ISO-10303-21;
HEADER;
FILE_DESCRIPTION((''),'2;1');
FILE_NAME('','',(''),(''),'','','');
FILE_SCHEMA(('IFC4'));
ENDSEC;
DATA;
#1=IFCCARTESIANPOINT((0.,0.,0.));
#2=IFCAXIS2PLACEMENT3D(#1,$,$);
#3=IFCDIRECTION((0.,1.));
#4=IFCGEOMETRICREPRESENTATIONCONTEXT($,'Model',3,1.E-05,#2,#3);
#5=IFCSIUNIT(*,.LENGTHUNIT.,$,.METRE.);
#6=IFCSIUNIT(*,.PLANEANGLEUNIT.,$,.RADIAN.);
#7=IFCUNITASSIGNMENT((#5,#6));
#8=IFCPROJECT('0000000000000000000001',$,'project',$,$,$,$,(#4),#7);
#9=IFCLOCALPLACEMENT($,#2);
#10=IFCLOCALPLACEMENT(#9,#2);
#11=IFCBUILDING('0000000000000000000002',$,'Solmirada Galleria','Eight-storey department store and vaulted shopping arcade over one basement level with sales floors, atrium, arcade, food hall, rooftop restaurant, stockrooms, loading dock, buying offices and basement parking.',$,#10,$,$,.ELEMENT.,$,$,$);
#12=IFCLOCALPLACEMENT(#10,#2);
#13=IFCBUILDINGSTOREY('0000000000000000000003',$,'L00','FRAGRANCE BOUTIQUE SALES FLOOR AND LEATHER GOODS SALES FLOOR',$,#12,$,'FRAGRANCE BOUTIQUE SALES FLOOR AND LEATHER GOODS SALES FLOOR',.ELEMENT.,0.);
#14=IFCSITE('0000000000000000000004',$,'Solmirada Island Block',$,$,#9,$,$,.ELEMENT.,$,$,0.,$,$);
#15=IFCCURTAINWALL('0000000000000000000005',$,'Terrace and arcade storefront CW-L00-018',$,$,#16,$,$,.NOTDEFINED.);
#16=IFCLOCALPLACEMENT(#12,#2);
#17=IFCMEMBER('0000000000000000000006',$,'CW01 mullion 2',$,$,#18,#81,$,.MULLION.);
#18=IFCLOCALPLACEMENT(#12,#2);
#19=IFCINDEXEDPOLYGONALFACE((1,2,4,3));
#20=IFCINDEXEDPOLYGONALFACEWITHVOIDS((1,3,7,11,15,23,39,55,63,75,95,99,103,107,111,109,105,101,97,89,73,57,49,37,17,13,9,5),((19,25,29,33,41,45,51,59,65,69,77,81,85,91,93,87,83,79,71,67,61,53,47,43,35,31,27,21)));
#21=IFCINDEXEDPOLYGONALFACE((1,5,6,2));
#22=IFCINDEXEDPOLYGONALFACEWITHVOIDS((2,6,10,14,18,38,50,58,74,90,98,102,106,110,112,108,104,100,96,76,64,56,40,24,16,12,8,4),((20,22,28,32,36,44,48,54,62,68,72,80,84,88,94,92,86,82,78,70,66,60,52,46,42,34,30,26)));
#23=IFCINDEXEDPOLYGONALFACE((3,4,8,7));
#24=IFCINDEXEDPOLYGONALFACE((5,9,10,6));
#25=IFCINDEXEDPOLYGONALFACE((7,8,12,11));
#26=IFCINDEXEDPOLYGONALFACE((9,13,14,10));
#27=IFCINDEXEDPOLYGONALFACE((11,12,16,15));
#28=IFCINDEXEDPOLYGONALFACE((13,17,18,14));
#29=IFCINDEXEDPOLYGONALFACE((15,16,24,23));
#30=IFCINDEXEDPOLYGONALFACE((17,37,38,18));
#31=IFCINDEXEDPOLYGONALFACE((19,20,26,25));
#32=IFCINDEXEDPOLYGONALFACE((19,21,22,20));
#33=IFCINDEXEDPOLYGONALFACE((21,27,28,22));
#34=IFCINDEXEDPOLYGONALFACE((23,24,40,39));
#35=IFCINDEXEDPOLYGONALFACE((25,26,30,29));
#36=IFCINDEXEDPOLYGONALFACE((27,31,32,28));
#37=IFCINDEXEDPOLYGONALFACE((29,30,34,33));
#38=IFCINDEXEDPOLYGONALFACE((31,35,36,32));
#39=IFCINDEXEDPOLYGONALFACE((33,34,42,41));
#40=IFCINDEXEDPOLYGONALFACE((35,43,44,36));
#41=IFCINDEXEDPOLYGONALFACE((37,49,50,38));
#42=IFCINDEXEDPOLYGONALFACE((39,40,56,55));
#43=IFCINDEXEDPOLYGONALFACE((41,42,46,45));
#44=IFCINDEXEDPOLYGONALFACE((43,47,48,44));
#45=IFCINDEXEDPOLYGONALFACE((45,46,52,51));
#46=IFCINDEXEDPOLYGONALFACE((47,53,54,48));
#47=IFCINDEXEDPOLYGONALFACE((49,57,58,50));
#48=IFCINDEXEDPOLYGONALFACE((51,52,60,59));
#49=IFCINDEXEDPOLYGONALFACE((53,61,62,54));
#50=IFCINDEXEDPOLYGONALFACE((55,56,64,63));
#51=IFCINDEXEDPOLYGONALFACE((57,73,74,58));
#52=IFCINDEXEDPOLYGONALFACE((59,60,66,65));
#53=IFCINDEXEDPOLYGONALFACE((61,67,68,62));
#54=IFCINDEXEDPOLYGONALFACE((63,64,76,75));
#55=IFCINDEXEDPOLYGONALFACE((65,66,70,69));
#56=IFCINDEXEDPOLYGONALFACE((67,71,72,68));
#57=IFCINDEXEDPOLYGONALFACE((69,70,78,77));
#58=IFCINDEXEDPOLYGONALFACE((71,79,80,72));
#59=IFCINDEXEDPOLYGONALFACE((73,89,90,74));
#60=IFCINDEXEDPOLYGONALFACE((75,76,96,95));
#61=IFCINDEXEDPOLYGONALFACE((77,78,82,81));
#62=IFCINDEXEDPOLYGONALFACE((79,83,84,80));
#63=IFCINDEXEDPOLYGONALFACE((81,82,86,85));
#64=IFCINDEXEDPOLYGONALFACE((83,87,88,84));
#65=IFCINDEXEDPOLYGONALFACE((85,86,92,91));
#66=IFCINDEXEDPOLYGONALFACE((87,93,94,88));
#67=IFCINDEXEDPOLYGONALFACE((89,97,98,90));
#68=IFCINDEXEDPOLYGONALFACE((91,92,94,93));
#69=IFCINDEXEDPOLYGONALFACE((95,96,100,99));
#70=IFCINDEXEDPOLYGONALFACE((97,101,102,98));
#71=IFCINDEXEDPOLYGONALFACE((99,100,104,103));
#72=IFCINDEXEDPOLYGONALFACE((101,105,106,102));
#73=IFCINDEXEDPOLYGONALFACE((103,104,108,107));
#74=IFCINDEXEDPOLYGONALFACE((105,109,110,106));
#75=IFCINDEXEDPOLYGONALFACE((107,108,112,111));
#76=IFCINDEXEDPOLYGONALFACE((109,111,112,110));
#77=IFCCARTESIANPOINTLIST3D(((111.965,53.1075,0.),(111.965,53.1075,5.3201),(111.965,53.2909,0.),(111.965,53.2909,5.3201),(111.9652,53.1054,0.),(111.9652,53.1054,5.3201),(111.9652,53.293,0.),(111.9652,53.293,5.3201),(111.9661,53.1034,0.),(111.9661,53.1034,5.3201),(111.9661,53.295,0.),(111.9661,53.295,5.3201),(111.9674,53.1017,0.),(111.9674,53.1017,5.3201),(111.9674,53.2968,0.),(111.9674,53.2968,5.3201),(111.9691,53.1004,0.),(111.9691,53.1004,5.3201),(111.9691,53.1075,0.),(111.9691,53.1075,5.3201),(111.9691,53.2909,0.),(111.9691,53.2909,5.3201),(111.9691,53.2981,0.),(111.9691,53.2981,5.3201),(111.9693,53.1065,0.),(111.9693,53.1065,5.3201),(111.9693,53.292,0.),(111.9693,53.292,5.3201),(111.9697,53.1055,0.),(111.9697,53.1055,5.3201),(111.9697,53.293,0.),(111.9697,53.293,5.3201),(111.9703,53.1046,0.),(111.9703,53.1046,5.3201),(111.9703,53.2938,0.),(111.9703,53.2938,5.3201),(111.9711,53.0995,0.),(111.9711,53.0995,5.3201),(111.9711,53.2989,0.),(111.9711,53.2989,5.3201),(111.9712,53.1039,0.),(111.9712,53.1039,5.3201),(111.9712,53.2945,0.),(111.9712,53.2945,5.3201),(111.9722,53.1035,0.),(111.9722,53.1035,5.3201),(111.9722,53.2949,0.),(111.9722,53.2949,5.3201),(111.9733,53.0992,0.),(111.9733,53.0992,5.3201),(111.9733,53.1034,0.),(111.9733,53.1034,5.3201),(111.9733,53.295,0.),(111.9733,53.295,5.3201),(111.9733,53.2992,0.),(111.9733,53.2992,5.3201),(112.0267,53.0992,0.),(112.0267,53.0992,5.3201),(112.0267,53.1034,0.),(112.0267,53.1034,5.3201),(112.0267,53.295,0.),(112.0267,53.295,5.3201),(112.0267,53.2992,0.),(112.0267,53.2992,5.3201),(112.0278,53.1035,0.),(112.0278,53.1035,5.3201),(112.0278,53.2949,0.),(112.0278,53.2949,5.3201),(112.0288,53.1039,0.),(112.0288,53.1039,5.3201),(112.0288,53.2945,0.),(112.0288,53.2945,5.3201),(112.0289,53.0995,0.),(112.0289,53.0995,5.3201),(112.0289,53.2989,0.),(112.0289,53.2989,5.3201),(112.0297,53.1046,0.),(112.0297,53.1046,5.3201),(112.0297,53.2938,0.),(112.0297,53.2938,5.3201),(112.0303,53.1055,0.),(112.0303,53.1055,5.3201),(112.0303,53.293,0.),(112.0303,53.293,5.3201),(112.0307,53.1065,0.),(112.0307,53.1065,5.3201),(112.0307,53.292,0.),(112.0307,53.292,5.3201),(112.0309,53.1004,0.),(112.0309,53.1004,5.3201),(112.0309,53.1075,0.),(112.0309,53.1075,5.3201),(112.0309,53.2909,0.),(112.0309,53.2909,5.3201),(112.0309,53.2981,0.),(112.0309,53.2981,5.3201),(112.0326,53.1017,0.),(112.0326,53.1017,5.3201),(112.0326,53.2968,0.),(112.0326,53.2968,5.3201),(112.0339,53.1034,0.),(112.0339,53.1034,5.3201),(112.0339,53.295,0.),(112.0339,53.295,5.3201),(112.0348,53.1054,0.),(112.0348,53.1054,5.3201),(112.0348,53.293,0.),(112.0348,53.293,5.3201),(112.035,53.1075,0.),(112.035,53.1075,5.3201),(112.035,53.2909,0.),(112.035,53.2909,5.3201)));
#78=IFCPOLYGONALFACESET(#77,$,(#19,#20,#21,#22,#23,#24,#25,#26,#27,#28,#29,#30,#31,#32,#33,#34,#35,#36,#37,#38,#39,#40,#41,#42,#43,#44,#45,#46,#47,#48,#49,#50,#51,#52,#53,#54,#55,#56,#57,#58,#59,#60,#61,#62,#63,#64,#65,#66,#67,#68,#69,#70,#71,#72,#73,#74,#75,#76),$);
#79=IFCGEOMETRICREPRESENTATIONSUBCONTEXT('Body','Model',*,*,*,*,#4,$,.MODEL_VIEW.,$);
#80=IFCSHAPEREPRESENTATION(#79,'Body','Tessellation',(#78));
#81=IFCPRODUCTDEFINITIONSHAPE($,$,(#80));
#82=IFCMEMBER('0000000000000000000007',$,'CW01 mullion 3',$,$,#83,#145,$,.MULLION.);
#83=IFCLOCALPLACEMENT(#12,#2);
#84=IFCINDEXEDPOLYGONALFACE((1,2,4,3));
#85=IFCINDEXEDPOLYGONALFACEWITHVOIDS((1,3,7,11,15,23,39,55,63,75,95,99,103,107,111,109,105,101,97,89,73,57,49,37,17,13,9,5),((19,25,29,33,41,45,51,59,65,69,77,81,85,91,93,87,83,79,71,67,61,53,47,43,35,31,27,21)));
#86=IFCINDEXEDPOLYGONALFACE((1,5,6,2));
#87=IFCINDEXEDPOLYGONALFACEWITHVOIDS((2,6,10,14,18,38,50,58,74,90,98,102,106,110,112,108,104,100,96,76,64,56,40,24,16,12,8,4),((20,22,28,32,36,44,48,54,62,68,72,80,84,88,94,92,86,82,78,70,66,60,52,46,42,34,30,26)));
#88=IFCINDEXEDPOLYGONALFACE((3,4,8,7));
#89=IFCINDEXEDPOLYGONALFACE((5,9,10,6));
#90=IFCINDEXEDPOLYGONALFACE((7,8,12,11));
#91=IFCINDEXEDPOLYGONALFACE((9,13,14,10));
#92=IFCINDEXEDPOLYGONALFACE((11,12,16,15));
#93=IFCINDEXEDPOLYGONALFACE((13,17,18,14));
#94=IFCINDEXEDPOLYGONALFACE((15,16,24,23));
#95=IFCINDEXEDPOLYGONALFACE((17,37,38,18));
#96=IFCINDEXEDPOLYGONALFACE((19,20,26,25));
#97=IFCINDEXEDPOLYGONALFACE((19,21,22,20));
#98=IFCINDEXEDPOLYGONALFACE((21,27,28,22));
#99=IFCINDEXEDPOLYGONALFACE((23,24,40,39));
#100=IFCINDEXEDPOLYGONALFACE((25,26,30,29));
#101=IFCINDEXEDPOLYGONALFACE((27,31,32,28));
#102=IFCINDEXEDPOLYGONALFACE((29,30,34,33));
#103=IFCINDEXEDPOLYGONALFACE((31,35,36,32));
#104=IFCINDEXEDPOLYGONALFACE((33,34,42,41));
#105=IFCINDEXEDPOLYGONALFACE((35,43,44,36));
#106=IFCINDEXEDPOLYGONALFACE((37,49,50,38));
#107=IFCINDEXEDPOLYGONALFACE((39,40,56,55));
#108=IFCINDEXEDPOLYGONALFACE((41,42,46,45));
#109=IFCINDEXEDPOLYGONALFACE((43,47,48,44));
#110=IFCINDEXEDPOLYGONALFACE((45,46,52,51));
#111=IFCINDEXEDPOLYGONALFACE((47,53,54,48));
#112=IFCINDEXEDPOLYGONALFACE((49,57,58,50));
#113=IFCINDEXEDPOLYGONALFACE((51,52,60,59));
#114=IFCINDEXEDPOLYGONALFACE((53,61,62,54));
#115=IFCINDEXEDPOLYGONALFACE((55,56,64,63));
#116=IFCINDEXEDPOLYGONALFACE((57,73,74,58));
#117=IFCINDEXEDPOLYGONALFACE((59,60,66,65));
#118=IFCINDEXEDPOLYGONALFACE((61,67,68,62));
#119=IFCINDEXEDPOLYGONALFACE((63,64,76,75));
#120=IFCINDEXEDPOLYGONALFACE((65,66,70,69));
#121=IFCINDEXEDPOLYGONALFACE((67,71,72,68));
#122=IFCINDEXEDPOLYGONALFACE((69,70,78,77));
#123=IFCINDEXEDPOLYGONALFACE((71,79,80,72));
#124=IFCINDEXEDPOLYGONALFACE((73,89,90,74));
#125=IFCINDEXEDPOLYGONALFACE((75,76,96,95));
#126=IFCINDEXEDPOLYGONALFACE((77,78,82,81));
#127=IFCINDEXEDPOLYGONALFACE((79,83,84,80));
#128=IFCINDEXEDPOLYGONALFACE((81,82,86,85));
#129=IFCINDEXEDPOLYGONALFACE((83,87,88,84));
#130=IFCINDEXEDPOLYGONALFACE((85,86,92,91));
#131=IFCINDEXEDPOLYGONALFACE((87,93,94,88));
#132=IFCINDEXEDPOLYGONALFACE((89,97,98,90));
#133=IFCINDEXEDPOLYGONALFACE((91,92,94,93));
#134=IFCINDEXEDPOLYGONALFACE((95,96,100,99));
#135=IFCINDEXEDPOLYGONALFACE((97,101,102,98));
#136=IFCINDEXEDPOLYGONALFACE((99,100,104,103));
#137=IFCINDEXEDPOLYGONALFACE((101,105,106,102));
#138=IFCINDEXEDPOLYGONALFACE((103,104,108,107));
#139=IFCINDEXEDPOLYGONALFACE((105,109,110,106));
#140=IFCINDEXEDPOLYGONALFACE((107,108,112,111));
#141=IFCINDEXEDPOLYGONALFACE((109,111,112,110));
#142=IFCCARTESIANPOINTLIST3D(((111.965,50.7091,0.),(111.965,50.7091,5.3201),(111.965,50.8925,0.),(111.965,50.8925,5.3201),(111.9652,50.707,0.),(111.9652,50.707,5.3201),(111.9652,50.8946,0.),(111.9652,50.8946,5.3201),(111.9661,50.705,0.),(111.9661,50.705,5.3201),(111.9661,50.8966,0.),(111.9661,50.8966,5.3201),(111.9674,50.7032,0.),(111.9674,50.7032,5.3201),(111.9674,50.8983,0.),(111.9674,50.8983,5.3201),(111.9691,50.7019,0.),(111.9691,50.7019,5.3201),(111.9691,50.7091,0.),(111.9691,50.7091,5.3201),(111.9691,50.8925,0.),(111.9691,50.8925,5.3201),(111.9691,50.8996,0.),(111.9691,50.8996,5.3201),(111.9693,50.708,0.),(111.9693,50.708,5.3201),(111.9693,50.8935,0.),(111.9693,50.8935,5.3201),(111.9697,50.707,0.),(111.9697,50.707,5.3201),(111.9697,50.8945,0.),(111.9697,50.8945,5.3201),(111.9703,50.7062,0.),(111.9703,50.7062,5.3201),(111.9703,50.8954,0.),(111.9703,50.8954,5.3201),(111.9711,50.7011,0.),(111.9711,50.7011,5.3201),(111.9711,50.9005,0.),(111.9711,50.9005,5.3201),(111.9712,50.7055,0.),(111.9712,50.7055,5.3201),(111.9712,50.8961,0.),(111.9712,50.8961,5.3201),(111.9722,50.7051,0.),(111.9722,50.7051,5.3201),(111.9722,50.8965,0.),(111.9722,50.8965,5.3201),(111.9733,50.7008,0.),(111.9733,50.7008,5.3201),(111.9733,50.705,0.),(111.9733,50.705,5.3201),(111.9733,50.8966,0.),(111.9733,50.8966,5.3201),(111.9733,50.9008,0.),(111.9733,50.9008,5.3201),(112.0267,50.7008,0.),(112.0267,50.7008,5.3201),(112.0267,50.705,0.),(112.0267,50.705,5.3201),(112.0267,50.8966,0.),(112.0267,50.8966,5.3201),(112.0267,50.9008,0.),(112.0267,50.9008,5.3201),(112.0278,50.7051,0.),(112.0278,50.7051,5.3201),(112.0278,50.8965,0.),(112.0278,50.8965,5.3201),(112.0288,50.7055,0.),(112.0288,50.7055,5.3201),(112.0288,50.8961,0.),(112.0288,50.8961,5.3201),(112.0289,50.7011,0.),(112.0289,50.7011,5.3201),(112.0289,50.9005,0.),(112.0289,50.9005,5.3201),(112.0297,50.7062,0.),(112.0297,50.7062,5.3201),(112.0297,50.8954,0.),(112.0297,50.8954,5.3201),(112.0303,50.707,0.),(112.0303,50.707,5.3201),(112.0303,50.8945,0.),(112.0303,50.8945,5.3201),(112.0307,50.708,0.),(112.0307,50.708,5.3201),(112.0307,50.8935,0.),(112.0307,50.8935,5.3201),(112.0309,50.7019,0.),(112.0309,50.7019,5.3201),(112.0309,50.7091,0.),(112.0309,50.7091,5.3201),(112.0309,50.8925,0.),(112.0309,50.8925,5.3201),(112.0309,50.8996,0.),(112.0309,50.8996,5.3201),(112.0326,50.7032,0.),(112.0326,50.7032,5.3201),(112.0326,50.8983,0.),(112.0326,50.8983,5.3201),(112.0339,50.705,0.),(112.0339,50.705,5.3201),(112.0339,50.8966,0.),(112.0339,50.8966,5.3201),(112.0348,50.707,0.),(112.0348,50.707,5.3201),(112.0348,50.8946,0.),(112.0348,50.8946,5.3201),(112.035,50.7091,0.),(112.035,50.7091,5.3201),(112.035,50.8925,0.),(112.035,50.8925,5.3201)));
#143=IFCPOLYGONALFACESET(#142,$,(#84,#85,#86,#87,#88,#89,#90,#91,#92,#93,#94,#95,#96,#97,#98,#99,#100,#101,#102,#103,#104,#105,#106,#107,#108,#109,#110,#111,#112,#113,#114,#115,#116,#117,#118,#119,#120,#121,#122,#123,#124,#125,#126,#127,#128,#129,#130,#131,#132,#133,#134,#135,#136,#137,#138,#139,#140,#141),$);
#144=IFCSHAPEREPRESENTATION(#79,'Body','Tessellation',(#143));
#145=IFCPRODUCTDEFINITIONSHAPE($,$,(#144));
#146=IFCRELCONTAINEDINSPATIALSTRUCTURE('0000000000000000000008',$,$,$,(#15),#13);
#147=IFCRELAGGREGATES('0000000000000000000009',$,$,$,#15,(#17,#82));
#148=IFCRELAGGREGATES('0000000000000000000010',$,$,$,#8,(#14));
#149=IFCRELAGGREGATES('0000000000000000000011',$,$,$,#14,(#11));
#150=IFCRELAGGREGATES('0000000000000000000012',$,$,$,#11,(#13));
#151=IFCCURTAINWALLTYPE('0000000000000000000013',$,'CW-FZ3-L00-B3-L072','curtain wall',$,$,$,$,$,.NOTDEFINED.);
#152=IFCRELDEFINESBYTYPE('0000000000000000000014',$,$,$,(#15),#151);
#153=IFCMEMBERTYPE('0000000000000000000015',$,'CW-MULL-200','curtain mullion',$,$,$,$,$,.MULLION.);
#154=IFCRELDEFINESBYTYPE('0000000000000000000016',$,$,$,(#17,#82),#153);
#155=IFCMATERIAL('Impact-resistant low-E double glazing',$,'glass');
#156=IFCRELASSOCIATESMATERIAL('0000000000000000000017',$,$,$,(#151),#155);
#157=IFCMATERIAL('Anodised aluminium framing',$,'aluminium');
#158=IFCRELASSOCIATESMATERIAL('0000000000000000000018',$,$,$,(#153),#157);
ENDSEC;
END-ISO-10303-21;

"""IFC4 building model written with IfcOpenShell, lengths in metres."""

from ifc_helpers import new_model, si_unit, direction, frame, origin, origin_2d, place, context, subcontext, project, spatial, hollow_rectangle, extrude, material, material_profile, profile_set, type_object, element, aggregate, save


model = new_model("IFC4")

# Units and contexts
model_context = context("Model", 3, precision=1e-05, world=origin(), true_north=direction((0.0, 1.0)))
body_context = subcontext(model_context, "Body", "Model", "MODEL_VIEW")
ifc_project = project(units=[si_unit("LENGTHUNIT", "METRE"), si_unit("PLANEANGLEUNIT", "RADIAN")], contexts=[model_context])

# Site, building, storey
site_placement = place(None, origin())
site = spatial("IfcSite", under=ifc_project, at=site_placement, Name="Solmirada Island Block", CompositionType="ELEMENT", RefElevation=0.0)
building_placement = place(site_placement, origin())
building = spatial("IfcBuilding", under=site, at=building_placement, Name="Solmirada Galleria", Description="Eight-storey department store and vaulted shopping arcade over one basement level with sales floors, atrium, arcade, food hall, rooftop restaurant, stockrooms, loading dock, buying offices and basement parking.", CompositionType="ELEMENT")
storey_placement = place(building_placement, origin())
storey = spatial("IfcBuildingStorey", under=building, at=storey_placement, Name="L00", Description="FRAGRANCE BOUTIQUE SALES FLOOR AND LEATHER GOODS SALES FLOOR", LongName="FRAGRANCE BOUTIQUE SALES FLOOR AND LEATHER GOODS SALES FLOOR", CompositionType="ELEMENT", Elevation=0.0)

# Shared definitions
ifc_material_1 = material(Name="Impact-resistant low-E double glazing", Category="glass")
curtain_wall_type = type_object("IfcCurtainWallType", Name="CW-FZ3-L00-B3-L072", Description="curtain wall", PredefinedType="NOTDEFINED", material=ifc_material_1)
ifc_material_2 = material(Name="Anodised aluminium framing", Category="aluminium")
ifc_material_profile_1 = material_profile(ifc_material_2, hollow_rectangle(XDim=0.0701, YDim=0.2, WallThickness=0.0042, InnerFilletRadius=0.0042, OuterFilletRadius=0.0083, at=origin_2d()), Name="ALU-MULL-200X70")
ifc_profile_set_1 = profile_set([ifc_material_profile_1], Name="Anodised aluminium framing")
member_type_1 = type_object("IfcMemberType", Name="CW-MULL-200", Description="curtain mullion", PredefinedType="MULLION", material=ifc_profile_set_1)

# Curtain wall, members
curtain_wall_1_placement = place(storey_placement, origin())
curtain_wall_1 = element("IfcCurtainWall", 1, at=curtain_wall_1_placement, inside=storey, type_object=curtain_wall_type, Name="Terrace and arcade storefront CW-L00-018", PredefinedType="NOTDEFINED")
member_1_placement = place(storey_placement, frame((112.0, 53.1992, 0.0), z_axis=(0.0, 0.0, 1.0), x_axis=(1.0, 0.0, 0.0)))
member_1 = element("IfcMember", 2, at=member_1_placement, type_object=member_type_1, Name="CW01 mullion 2", PredefinedType="MULLION", context=body_context, shape_type="SweptSolid", body=[
    extrude(hollow_rectangle(XDim=0.0701, YDim=0.2, WallThickness=0.0042, InnerFilletRadius=0.0042, OuterFilletRadius=0.0083, at=origin_2d()), origin(), (0.0, 0.0, 1.0), 5.3201),
])
member_2_placement = place(storey_placement, frame((112.0, 50.8008, 0.0), z_axis=(0.0, 0.0, 1.0), x_axis=(1.0, 0.0, 0.0)))
member_2 = element("IfcMember", 3, at=member_2_placement, type_object=member_type_1, Name="CW01 mullion 3", PredefinedType="MULLION", context=body_context, shape_type="SweptSolid", body=[
    extrude(hollow_rectangle(XDim=0.0701, YDim=0.2, WallThickness=0.0042, InnerFilletRadius=0.0042, OuterFilletRadius=0.0083, at=origin_2d()), origin(), (0.0, 0.0, 1.0), 5.3201),
])

aggregate(curtain_wall_1, [member_1, member_2])

save(model, "model.ifc")
